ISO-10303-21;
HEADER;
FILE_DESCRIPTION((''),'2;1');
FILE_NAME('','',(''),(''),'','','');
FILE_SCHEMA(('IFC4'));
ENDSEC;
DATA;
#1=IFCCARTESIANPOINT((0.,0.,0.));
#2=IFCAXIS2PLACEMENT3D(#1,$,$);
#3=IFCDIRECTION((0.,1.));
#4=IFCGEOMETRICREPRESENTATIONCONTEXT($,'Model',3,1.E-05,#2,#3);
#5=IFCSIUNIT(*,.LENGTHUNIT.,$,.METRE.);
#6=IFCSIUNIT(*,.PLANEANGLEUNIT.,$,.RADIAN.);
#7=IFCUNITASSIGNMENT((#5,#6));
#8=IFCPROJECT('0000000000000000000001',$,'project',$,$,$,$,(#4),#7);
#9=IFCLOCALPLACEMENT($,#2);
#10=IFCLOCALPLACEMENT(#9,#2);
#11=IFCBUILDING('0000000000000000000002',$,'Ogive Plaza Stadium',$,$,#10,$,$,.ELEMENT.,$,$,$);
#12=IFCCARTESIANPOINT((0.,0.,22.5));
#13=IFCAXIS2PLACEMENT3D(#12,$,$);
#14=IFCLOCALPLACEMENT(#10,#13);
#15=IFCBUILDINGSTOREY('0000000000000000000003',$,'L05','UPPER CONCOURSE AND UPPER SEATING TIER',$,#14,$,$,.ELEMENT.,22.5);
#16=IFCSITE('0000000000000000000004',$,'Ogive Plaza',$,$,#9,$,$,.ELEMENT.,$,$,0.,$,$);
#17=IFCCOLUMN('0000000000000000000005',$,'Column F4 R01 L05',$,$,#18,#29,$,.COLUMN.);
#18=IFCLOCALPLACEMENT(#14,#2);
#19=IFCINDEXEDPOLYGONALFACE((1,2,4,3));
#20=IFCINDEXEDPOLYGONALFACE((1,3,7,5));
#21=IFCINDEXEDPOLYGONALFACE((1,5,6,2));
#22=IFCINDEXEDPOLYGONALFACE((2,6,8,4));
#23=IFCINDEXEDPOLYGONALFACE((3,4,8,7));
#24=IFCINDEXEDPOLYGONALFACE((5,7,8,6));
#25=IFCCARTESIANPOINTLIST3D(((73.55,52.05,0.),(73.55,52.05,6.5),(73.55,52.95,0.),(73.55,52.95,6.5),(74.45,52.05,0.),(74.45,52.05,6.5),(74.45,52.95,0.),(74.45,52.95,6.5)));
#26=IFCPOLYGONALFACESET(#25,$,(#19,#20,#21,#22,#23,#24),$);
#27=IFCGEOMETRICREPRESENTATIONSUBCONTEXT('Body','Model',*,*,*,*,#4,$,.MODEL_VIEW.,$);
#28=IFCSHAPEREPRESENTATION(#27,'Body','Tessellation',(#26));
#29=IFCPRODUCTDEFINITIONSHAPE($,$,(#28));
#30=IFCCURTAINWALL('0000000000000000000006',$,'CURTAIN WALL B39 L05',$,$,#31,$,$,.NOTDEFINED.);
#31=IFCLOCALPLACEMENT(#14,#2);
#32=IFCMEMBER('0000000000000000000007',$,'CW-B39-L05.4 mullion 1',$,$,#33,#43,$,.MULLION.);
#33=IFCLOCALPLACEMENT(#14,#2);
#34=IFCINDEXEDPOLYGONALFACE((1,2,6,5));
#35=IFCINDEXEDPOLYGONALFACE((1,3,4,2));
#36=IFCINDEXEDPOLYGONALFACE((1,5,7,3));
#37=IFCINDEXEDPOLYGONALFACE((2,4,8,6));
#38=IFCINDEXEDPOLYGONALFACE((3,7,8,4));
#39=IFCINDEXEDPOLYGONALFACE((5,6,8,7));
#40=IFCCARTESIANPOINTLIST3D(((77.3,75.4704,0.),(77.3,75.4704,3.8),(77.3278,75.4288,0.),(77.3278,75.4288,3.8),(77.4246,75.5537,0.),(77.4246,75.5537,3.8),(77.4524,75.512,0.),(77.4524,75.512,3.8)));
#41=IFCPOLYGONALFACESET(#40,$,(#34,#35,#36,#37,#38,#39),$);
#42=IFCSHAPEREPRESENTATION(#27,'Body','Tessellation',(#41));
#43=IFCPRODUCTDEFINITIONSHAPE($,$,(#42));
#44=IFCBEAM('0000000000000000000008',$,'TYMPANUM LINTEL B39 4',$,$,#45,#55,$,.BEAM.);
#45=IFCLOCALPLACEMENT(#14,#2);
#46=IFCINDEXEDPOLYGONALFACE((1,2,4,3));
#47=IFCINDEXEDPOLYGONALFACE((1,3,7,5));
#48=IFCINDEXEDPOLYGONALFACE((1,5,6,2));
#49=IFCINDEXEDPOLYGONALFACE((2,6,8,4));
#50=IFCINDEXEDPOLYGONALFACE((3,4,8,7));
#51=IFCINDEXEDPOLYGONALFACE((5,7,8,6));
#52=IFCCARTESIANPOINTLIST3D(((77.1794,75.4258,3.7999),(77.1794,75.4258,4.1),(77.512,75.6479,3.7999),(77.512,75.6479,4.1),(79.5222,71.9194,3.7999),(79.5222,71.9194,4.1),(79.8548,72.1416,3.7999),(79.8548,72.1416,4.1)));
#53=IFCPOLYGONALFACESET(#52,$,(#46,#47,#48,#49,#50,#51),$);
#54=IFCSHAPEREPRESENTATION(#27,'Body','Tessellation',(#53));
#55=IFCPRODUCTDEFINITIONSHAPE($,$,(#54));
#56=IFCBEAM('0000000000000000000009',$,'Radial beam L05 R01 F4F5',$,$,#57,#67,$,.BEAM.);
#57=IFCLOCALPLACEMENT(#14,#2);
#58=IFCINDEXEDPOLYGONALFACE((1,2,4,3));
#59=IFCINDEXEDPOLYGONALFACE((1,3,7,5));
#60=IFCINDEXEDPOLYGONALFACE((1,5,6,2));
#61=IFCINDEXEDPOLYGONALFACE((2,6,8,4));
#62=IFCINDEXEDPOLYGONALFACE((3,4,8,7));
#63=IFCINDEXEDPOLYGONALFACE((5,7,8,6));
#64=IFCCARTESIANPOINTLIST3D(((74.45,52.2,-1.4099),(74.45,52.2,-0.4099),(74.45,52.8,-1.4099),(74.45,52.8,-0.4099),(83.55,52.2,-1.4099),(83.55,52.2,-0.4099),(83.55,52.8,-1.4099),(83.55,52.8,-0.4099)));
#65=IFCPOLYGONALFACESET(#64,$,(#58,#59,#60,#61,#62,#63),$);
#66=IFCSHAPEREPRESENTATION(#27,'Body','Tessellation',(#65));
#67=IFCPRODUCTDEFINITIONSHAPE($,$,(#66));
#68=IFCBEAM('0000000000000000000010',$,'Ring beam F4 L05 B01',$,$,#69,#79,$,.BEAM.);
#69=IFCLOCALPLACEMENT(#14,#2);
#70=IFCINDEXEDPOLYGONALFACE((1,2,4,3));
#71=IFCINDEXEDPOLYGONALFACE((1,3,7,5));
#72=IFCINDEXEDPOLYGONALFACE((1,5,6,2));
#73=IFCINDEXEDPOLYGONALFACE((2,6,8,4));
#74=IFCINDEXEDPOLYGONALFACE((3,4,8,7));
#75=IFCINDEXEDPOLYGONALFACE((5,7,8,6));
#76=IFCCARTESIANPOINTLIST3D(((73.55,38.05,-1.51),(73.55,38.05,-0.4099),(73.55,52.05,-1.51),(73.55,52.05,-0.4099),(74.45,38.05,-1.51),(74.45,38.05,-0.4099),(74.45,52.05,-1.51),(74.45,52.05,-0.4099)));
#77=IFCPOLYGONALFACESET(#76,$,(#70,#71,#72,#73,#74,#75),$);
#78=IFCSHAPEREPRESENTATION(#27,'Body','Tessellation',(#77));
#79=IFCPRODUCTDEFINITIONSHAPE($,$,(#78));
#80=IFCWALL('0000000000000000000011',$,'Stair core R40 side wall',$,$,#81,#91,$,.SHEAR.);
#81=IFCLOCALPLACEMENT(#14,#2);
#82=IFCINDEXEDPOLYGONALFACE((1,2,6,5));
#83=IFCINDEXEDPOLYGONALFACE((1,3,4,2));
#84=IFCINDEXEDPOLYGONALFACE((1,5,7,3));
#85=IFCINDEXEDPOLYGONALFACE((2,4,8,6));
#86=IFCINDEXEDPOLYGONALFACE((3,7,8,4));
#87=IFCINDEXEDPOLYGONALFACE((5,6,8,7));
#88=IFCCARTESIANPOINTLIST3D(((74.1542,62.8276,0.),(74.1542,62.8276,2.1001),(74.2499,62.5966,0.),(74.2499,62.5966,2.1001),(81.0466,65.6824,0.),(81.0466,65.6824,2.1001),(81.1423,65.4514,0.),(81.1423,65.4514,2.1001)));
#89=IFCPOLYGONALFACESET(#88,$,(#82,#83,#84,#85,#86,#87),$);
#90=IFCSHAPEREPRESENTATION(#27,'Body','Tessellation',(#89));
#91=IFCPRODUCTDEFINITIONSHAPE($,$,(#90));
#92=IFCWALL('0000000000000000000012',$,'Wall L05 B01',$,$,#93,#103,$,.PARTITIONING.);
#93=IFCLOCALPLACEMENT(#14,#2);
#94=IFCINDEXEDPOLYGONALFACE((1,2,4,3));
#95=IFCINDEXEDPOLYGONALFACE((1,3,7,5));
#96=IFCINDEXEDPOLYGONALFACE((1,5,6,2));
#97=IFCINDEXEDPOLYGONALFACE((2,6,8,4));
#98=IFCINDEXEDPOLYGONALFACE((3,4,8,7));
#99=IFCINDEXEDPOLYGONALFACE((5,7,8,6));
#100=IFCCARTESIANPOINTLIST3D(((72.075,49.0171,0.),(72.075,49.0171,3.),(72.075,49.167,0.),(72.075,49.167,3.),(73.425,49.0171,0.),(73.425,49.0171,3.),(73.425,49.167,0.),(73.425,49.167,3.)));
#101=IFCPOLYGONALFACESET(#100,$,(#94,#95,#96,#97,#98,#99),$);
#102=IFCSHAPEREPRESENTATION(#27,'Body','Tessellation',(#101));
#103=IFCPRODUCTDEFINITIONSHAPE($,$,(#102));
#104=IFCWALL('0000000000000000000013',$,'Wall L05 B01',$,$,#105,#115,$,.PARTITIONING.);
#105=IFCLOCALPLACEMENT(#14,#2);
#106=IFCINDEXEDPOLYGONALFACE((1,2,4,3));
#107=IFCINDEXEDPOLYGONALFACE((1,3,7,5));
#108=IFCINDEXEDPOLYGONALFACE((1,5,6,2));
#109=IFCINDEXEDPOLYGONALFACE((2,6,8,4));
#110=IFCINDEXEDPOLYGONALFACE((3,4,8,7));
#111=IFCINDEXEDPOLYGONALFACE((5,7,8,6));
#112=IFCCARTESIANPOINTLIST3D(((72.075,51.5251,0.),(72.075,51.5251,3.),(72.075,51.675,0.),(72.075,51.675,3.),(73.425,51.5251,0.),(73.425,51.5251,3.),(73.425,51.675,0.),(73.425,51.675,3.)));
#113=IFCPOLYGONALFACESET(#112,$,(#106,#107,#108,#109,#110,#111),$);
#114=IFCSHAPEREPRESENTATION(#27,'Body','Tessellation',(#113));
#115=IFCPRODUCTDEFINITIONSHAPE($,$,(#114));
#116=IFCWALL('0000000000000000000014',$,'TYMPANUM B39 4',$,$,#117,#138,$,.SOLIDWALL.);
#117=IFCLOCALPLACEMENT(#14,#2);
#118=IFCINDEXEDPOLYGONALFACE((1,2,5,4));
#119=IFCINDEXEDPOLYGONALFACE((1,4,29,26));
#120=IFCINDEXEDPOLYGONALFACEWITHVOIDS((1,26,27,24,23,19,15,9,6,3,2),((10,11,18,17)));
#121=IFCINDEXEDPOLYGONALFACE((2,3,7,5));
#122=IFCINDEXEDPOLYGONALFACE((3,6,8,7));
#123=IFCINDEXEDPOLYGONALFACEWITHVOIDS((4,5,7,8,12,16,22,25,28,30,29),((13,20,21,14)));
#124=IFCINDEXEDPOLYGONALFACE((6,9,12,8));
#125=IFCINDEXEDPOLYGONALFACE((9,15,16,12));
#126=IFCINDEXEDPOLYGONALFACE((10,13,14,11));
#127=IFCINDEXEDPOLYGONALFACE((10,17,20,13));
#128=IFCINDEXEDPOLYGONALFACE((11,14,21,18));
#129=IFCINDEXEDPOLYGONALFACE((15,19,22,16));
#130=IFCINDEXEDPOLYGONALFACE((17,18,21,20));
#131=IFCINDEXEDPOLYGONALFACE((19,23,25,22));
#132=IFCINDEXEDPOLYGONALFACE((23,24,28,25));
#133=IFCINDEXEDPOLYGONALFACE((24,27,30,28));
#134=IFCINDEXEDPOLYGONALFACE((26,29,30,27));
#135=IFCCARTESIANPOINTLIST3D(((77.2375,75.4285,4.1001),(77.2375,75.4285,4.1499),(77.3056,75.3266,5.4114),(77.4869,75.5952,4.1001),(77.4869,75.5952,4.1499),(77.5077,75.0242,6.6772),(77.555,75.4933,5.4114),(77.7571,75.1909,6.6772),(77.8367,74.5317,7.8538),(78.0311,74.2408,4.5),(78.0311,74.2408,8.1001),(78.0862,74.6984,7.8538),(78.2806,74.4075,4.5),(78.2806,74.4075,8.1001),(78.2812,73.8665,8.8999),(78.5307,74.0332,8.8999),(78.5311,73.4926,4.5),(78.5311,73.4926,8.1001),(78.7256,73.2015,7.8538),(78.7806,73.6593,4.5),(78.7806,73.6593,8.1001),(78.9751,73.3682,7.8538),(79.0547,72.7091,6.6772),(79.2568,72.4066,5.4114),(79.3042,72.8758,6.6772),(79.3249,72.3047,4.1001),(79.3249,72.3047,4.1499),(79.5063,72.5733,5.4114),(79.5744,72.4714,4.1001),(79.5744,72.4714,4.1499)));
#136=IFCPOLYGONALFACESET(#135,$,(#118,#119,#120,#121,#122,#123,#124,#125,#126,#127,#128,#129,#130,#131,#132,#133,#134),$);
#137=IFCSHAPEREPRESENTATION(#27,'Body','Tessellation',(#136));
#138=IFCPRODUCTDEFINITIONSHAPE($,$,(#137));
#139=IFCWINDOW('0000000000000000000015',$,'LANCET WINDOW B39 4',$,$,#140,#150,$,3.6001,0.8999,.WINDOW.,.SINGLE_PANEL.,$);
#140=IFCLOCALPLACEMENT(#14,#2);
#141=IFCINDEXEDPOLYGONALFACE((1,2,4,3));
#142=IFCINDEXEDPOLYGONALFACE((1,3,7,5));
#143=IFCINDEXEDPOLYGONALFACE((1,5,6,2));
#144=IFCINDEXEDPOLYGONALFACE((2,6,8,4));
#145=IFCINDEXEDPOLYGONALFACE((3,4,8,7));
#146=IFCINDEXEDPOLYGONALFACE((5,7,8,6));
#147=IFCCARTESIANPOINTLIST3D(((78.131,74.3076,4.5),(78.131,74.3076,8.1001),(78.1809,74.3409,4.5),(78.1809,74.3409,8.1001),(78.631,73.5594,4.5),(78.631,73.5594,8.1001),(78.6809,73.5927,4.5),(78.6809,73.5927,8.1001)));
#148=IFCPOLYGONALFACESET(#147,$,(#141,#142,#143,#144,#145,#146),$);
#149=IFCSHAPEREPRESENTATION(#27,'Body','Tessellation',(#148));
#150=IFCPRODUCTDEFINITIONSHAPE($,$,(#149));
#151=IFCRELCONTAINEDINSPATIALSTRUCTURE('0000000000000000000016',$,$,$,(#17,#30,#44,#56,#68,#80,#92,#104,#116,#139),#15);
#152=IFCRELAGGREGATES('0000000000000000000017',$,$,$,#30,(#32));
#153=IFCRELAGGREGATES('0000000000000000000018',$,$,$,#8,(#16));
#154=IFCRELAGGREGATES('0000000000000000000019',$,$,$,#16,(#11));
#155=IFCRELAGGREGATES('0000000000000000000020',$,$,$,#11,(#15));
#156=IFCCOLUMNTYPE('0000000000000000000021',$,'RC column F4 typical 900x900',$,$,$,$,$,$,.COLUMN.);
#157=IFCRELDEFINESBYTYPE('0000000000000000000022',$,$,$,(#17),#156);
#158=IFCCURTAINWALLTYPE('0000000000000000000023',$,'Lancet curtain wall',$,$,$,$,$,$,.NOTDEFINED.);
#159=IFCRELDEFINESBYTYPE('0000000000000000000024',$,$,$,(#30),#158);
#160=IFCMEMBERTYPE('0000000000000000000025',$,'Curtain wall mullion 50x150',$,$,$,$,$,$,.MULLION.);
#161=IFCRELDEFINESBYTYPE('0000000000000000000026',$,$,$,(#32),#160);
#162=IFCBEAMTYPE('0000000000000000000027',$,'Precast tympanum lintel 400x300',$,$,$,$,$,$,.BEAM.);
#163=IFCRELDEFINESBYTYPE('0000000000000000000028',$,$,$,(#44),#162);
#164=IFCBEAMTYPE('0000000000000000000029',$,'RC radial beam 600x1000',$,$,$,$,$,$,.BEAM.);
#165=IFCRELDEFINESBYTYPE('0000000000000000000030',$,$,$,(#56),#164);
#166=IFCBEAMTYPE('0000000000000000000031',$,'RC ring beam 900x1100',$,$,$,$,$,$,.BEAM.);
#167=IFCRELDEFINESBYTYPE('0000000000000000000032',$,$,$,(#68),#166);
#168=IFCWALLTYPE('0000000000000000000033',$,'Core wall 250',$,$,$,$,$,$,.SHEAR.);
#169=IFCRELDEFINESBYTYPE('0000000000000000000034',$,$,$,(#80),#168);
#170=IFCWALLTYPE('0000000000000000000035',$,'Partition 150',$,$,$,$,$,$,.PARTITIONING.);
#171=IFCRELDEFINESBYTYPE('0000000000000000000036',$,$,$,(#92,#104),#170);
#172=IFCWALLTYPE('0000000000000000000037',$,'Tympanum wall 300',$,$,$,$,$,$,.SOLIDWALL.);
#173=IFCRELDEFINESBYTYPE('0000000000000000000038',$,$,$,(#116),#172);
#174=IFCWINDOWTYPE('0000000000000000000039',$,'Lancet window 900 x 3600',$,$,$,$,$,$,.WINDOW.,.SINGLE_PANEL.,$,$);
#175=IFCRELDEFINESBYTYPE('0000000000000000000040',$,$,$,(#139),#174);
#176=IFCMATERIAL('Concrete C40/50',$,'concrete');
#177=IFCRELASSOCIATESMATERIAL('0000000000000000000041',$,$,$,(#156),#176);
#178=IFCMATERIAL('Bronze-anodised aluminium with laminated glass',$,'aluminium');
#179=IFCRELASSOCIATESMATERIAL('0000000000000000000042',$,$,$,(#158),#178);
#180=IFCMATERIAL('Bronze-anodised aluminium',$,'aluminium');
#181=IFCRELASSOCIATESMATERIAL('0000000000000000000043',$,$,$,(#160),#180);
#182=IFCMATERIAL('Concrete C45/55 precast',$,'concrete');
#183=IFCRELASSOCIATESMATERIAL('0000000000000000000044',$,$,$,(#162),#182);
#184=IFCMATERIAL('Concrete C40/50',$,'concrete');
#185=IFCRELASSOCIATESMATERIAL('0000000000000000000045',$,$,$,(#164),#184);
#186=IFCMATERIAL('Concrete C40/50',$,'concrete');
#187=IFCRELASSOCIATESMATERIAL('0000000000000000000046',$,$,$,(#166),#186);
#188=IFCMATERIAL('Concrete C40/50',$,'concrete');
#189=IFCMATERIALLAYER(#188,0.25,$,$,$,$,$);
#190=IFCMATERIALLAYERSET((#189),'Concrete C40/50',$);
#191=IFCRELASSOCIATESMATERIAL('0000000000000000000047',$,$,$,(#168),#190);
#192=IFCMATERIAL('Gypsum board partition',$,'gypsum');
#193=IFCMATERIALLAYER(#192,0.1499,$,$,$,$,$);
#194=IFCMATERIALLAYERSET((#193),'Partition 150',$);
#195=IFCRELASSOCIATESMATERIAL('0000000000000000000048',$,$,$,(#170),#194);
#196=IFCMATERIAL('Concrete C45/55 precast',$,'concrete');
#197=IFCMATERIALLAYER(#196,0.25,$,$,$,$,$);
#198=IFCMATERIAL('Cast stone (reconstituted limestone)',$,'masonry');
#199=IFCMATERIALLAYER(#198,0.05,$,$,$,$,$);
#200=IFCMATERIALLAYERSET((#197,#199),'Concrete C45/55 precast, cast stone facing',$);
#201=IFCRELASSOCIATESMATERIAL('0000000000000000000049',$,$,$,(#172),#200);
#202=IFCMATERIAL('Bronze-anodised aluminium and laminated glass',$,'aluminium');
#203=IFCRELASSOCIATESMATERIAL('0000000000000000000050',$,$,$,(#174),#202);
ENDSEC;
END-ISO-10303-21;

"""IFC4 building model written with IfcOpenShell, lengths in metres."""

from ifc_helpers import new_model, si_unit, direction, frame, frame_2d, origin, origin_2d, place, context, subcontext, project, spatial, polyline, rectangle, outline, extrude, material, layer, layer_set, material_profile, profile_set, type_object, element, fill, aggregate, save


model = new_model("IFC4")

# Units and contexts
model_context = context("Model", 3, precision=1e-05, world=origin(), true_north=direction((0.0, 1.0)))
body_context = subcontext(model_context, "Body", "Model", "MODEL_VIEW")
ifc_project = project(units=[si_unit("LENGTHUNIT", "METRE"), si_unit("PLANEANGLEUNIT", "RADIAN")], contexts=[model_context])

# Site, building, storey
site_placement = place(None, origin())
site = spatial("IfcSite", under=ifc_project, at=site_placement, Name="Ogive Plaza", CompositionType="ELEMENT", RefElevation=0.0)
building_placement = place(site_placement, origin())
building = spatial("IfcBuilding", under=site, at=building_placement, Name="Ogive Plaza Stadium", CompositionType="ELEMENT")
storey_placement = place(building_placement, frame((0.0, 0.0, 22.5)))
storey = spatial("IfcBuildingStorey", under=building, at=storey_placement, Name="L05", Description="UPPER CONCOURSE AND UPPER SEATING TIER", CompositionType="ELEMENT", Elevation=22.5)

# Column
ifc_material_1 = material(Name="Concrete C40/50", Category="concrete")
ifc_material_profile_1 = material_profile(ifc_material_1, rectangle(XDim=0.8999, YDim=0.8999, at=origin_2d()), Name="RC 900x900")
ifc_profile_set_1 = profile_set([ifc_material_profile_1], Name="Concrete C40/50")
column_type = type_object("IfcColumnType", Name="RC column F4 typical 900x900", PredefinedType="COLUMN", material=ifc_profile_set_1)
column_placement = place(storey_placement, frame((74.0, 52.5, 0.0), z_axis=(0.0, 0.0, 1.0), x_axis=(0.0, 1.0, 0.0)))
element("IfcColumn", 1, at=column_placement, inside=storey, type_object=column_type, Name="Column F4 R01 L05", PredefinedType="COLUMN", context=body_context, shape_type="SweptSolid", body=[
    extrude(rectangle(XDim=0.8999, YDim=0.8999, at=origin_2d()), origin(), (0.0, 0.0, 1.0), 6.5),
])

# Curtain wall, member
ifc_material_2 = material(Name="Bronze-anodised aluminium with laminated glass", Category="aluminium")
curtain_wall_type = type_object("IfcCurtainWallType", Name="Lancet curtain wall", PredefinedType="NOTDEFINED", material=ifc_material_2)
curtain_wall_placement = place(storey_placement, origin())
curtain_wall = element("IfcCurtainWall", 2, at=curtain_wall_placement, inside=storey, type_object=curtain_wall_type, Name="CURTAIN WALL B39 L05", PredefinedType="NOTDEFINED")
ifc_material_3 = material(Name="Bronze-anodised aluminium", Category="aluminium")
ifc_material_profile_2 = material_profile(ifc_material_3, rectangle(XDim=0.1499, YDim=0.05, at=origin_2d()), Name="AL 150x50")
ifc_profile_set_2 = profile_set([ifc_material_profile_2], Name="Bronze-anodised aluminium")
member_type = type_object("IfcMemberType", Name="Curtain wall mullion 50x150", PredefinedType="MULLION", material=ifc_profile_set_2)
member_placement = place(storey_placement, frame((77.3762, 75.4912, 0.0), z_axis=(0.0, 0.0, 1.0), x_axis=(0.83147, 0.55557, 0.0)))
member = element("IfcMember", 3, at=member_placement, type_object=member_type, Name="CW-B39-L05.4 mullion 1", PredefinedType="MULLION", context=body_context, shape_type="SweptSolid", body=[
    extrude(rectangle(XDim=0.1499, YDim=0.05, at=origin_2d()), origin(), (0.0, 0.0, 1.0), 3.8),
])
aggregate(curtain_wall, [member])

# Beams
ifc_material_4 = material(Name="Concrete C45/55 precast", Category="concrete")
ifc_material_profile_3 = material_profile(ifc_material_4, rectangle(XDim=0.3999, YDim=0.3, at=origin_2d()), Name="RC 400x300")
ifc_profile_set_3 = profile_set([ifc_material_profile_3], Name="Concrete C45/55 precast")
beam_type_1 = type_object("IfcBeamType", Name="Precast tympanum lintel 400x300", PredefinedType="BEAM", material=ifc_profile_set_3)
beam_1_placement = place(storey_placement, frame((77.3457, 75.5369, 3.95), z_axis=(0.555555, -0.83148, 0.0), x_axis=(0.83148, 0.555555, 0.0)))
element("IfcBeam", 4, at=beam_1_placement, inside=storey, type_object=beam_type_1, Name="TYMPANUM LINTEL B39 4", PredefinedType="BEAM", context=body_context, shape_type="SweptSolid", body=[
    extrude(rectangle(XDim=0.3999, YDim=0.3, at=origin_2d()), origin(), (0.0, 0.0, 1.0), 4.217),
])
ifc_material_5 = material(Name="Concrete C40/50", Category="concrete")
ifc_material_profile_4 = material_profile(ifc_material_5, rectangle(XDim=0.6001, YDim=1.0, at=origin_2d()), Name="RC 600x1000")
ifc_profile_set_4 = profile_set([ifc_material_profile_4], Name="Concrete C40/50")
beam_type_2 = type_object("IfcBeamType", Name="RC radial beam 600x1000", PredefinedType="BEAM", material=ifc_profile_set_4)
beam_2_placement = place(storey_placement, frame((74.45, 52.5, -0.9099), z_axis=(1.0, 0.0, 0.0), x_axis=(0.0, 1.0, 0.0)))
element("IfcBeam", 5, at=beam_2_placement, inside=storey, type_object=beam_type_2, Name="Radial beam L05 R01 F4F5", PredefinedType="BEAM", context=body_context, shape_type="SweptSolid", body=[
    extrude(rectangle(XDim=0.6001, YDim=1.0, at=origin_2d()), origin(), (0.0, 0.0, 1.0), 9.1001),
])
ifc_material_6 = material(Name="Concrete C40/50", Category="concrete")
ifc_material_profile_5 = material_profile(ifc_material_6, rectangle(XDim=0.8999, YDim=1.1001, at=origin_2d()), Name="RC 900x1100")
ifc_profile_set_5 = profile_set([ifc_material_profile_5], Name="Concrete C40/50")
beam_type_3 = type_object("IfcBeamType", Name="RC ring beam 900x1100", PredefinedType="BEAM", material=ifc_profile_set_5)
beam_3_placement = place(storey_placement, frame((74.0, 52.05, -0.96), z_axis=(0.0, -1.0, 0.0), x_axis=(1.0, 0.0, 0.0)))
element("IfcBeam", 6, at=beam_3_placement, inside=storey, type_object=beam_type_3, Name="Ring beam F4 L05 B01", PredefinedType="BEAM", context=body_context, shape_type="SweptSolid", body=[
    extrude(rectangle(XDim=0.8999, YDim=1.1001, at=origin_2d()), origin(), (0.0, 0.0, 1.0), 14.0),
])

# Shared definitions
ifc_material_7 = material(Name="Concrete C40/50", Category="concrete")
ifc_layer_1 = layer(ifc_material_7, 0.25)
ifc_layer_set_1 = layer_set([ifc_layer_1], Name="Concrete C40/50")
wall_type_1 = type_object("IfcWallType", Name="Core wall 250", PredefinedType="SHEAR", material=ifc_layer_set_1)

# Walls
wall_1_placement = place(storey_placement, frame((74.2021, 62.7122, 0.0), z_axis=(0.0, 0.0, 1.0), x_axis=(0.923887, 0.382665, 0.0)))
element("IfcWall", 7, at=wall_1_placement, inside=storey, type_object=wall_type_1, Name="Stair core R40 side wall", PredefinedType="SHEAR", context=body_context, shape_type="SweptSolid", body=[
    extrude(rectangle(XDim=7.4602, YDim=0.25, at=frame_2d((3.73, 0.0))), origin(), (0.0, 0.0, 1.0), 2.1001),
])
ifc_material_8 = material(Name="Gypsum board partition", Category="gypsum")
ifc_layer_2 = layer(ifc_material_8, 0.1499)
ifc_layer_set_2 = layer_set([ifc_layer_2], Name="Partition 150")
wall_type_2 = type_object("IfcWallType", Name="Partition 150", PredefinedType="PARTITIONING", material=ifc_layer_set_2)
for number, where, z_axis, x_axis, name in (
    (8, (72.075, 49.092, 0.0), (0.0, 0.0, 1.0), (1.0, 0.0, 0.0), "Wall L05 B01"),
    (9, (72.075, 51.6001, 0.0), (0.0, 0.0, 1.0), (1.0, 0.0, 0.0), "Wall L05 B01"),
):
    element("IfcWall", number, at=place(storey_placement, frame(where, z_axis=z_axis, x_axis=x_axis)), inside=storey, type_object=wall_type_2, Name=name, PredefinedType="PARTITIONING", context=body_context, shape_type="SweptSolid", body=[
        extrude(rectangle(XDim=1.3501, YDim=0.1499, at=frame_2d((0.675, 0.0))), origin(), (0.0, 0.0, 1.0), 3.0),
    ])

# Wall, opening, window
ifc_material_9 = material(Name="Concrete C45/55 precast", Category="concrete")
ifc_layer_3 = layer(ifc_material_9, 0.25)
ifc_material_10 = material(Name="Cast stone (reconstituted limestone)", Category="masonry")
ifc_layer_4 = layer(ifc_material_10, 0.05)
ifc_layer_set_3 = layer_set([ifc_layer_3, ifc_layer_4], Name="Concrete C45/55 precast, cast stone facing")
wall_type_3 = type_object("IfcWallType", Name="Tympanum wall 300", PredefinedType="SOLIDWALL", material=ifc_layer_set_3)
wall_2_placement = place(storey_placement, frame((77.3623, 75.512, 4.1001), z_axis=(0.0, 0.0, 1.0), x_axis=(0.5556, -0.83145, 0.0)))
wall_2 = element("IfcWall", 10, at=wall_2_placement, inside=storey, type_object=wall_type_3, Name="TYMPANUM B39 4", PredefinedType="SOLIDWALL", context=body_context, shape_type="SweptSolid", body=[
    extrude(outline(polyline([(0.0, 0.0), (3.7571, 0.0), (3.7571, 0.0498), (3.6345, 1.3113), (3.2708, 2.5771), (2.6785, 3.7537), (1.8787, 4.7998), (1.0786, 3.7537), (0.4863, 2.5771), (0.1226, 1.3113), (0.0, 0.0498), (0.0, 0.0)])), frame((0.0, 0.1499, 0.0), z_axis=(0.0, -1.0, 0.0), x_axis=(1.0, 0.0, 0.0)), (0.0, 0.0, 1.0), 0.3),
])
opening_1_placement = place(wall_2_placement, frame((1.4285, 0.0, 0.3999)))
opening_1 = element("IfcOpeningElement", 11, at=opening_1_placement, cuts=wall_2, PredefinedType="OPENING", context=body_context, shape_type="SweptSolid", body=[
    extrude(rectangle(XDim=0.8999, YDim=3.6001, at=frame_2d((0.45, 1.8))), frame((0.0, 0.1602, 0.0), z_axis=(0.0, -1.0, 0.0), x_axis=(1.0, 0.0, 0.0)), (0.0, 0.0, 1.0), 0.3201),
])
ifc_material_11 = material(Name="Bronze-anodised aluminium and laminated glass", Category="aluminium")
window_type = type_object("IfcWindowType", Name="Lancet window 900 x 3600", PartitioningType="SINGLE_PANEL", PredefinedType="WINDOW", material=ifc_material_11)
window_placement = place(opening_1_placement, origin())
window = element("IfcWindow", 12, at=window_placement, inside=storey, type_object=window_type, Name="LANCET WINDOW B39 4", OverallHeight=3.6001, OverallWidth=0.8999, PartitioningType="SINGLE_PANEL", PredefinedType="WINDOW", context=body_context, shape_type="SweptSolid", body=[
    extrude(rectangle(XDim=0.8999, YDim=3.6001, at=frame_2d((0.45, 1.8))), frame((0.0, 0.03, 0.0), z_axis=(0.0, -1.0, 0.0), x_axis=(1.0, 0.0, 0.0)), (0.0, 0.0, 1.0), 0.0601),
])
fill(opening_1, window)

save(model, "model.ifc")
